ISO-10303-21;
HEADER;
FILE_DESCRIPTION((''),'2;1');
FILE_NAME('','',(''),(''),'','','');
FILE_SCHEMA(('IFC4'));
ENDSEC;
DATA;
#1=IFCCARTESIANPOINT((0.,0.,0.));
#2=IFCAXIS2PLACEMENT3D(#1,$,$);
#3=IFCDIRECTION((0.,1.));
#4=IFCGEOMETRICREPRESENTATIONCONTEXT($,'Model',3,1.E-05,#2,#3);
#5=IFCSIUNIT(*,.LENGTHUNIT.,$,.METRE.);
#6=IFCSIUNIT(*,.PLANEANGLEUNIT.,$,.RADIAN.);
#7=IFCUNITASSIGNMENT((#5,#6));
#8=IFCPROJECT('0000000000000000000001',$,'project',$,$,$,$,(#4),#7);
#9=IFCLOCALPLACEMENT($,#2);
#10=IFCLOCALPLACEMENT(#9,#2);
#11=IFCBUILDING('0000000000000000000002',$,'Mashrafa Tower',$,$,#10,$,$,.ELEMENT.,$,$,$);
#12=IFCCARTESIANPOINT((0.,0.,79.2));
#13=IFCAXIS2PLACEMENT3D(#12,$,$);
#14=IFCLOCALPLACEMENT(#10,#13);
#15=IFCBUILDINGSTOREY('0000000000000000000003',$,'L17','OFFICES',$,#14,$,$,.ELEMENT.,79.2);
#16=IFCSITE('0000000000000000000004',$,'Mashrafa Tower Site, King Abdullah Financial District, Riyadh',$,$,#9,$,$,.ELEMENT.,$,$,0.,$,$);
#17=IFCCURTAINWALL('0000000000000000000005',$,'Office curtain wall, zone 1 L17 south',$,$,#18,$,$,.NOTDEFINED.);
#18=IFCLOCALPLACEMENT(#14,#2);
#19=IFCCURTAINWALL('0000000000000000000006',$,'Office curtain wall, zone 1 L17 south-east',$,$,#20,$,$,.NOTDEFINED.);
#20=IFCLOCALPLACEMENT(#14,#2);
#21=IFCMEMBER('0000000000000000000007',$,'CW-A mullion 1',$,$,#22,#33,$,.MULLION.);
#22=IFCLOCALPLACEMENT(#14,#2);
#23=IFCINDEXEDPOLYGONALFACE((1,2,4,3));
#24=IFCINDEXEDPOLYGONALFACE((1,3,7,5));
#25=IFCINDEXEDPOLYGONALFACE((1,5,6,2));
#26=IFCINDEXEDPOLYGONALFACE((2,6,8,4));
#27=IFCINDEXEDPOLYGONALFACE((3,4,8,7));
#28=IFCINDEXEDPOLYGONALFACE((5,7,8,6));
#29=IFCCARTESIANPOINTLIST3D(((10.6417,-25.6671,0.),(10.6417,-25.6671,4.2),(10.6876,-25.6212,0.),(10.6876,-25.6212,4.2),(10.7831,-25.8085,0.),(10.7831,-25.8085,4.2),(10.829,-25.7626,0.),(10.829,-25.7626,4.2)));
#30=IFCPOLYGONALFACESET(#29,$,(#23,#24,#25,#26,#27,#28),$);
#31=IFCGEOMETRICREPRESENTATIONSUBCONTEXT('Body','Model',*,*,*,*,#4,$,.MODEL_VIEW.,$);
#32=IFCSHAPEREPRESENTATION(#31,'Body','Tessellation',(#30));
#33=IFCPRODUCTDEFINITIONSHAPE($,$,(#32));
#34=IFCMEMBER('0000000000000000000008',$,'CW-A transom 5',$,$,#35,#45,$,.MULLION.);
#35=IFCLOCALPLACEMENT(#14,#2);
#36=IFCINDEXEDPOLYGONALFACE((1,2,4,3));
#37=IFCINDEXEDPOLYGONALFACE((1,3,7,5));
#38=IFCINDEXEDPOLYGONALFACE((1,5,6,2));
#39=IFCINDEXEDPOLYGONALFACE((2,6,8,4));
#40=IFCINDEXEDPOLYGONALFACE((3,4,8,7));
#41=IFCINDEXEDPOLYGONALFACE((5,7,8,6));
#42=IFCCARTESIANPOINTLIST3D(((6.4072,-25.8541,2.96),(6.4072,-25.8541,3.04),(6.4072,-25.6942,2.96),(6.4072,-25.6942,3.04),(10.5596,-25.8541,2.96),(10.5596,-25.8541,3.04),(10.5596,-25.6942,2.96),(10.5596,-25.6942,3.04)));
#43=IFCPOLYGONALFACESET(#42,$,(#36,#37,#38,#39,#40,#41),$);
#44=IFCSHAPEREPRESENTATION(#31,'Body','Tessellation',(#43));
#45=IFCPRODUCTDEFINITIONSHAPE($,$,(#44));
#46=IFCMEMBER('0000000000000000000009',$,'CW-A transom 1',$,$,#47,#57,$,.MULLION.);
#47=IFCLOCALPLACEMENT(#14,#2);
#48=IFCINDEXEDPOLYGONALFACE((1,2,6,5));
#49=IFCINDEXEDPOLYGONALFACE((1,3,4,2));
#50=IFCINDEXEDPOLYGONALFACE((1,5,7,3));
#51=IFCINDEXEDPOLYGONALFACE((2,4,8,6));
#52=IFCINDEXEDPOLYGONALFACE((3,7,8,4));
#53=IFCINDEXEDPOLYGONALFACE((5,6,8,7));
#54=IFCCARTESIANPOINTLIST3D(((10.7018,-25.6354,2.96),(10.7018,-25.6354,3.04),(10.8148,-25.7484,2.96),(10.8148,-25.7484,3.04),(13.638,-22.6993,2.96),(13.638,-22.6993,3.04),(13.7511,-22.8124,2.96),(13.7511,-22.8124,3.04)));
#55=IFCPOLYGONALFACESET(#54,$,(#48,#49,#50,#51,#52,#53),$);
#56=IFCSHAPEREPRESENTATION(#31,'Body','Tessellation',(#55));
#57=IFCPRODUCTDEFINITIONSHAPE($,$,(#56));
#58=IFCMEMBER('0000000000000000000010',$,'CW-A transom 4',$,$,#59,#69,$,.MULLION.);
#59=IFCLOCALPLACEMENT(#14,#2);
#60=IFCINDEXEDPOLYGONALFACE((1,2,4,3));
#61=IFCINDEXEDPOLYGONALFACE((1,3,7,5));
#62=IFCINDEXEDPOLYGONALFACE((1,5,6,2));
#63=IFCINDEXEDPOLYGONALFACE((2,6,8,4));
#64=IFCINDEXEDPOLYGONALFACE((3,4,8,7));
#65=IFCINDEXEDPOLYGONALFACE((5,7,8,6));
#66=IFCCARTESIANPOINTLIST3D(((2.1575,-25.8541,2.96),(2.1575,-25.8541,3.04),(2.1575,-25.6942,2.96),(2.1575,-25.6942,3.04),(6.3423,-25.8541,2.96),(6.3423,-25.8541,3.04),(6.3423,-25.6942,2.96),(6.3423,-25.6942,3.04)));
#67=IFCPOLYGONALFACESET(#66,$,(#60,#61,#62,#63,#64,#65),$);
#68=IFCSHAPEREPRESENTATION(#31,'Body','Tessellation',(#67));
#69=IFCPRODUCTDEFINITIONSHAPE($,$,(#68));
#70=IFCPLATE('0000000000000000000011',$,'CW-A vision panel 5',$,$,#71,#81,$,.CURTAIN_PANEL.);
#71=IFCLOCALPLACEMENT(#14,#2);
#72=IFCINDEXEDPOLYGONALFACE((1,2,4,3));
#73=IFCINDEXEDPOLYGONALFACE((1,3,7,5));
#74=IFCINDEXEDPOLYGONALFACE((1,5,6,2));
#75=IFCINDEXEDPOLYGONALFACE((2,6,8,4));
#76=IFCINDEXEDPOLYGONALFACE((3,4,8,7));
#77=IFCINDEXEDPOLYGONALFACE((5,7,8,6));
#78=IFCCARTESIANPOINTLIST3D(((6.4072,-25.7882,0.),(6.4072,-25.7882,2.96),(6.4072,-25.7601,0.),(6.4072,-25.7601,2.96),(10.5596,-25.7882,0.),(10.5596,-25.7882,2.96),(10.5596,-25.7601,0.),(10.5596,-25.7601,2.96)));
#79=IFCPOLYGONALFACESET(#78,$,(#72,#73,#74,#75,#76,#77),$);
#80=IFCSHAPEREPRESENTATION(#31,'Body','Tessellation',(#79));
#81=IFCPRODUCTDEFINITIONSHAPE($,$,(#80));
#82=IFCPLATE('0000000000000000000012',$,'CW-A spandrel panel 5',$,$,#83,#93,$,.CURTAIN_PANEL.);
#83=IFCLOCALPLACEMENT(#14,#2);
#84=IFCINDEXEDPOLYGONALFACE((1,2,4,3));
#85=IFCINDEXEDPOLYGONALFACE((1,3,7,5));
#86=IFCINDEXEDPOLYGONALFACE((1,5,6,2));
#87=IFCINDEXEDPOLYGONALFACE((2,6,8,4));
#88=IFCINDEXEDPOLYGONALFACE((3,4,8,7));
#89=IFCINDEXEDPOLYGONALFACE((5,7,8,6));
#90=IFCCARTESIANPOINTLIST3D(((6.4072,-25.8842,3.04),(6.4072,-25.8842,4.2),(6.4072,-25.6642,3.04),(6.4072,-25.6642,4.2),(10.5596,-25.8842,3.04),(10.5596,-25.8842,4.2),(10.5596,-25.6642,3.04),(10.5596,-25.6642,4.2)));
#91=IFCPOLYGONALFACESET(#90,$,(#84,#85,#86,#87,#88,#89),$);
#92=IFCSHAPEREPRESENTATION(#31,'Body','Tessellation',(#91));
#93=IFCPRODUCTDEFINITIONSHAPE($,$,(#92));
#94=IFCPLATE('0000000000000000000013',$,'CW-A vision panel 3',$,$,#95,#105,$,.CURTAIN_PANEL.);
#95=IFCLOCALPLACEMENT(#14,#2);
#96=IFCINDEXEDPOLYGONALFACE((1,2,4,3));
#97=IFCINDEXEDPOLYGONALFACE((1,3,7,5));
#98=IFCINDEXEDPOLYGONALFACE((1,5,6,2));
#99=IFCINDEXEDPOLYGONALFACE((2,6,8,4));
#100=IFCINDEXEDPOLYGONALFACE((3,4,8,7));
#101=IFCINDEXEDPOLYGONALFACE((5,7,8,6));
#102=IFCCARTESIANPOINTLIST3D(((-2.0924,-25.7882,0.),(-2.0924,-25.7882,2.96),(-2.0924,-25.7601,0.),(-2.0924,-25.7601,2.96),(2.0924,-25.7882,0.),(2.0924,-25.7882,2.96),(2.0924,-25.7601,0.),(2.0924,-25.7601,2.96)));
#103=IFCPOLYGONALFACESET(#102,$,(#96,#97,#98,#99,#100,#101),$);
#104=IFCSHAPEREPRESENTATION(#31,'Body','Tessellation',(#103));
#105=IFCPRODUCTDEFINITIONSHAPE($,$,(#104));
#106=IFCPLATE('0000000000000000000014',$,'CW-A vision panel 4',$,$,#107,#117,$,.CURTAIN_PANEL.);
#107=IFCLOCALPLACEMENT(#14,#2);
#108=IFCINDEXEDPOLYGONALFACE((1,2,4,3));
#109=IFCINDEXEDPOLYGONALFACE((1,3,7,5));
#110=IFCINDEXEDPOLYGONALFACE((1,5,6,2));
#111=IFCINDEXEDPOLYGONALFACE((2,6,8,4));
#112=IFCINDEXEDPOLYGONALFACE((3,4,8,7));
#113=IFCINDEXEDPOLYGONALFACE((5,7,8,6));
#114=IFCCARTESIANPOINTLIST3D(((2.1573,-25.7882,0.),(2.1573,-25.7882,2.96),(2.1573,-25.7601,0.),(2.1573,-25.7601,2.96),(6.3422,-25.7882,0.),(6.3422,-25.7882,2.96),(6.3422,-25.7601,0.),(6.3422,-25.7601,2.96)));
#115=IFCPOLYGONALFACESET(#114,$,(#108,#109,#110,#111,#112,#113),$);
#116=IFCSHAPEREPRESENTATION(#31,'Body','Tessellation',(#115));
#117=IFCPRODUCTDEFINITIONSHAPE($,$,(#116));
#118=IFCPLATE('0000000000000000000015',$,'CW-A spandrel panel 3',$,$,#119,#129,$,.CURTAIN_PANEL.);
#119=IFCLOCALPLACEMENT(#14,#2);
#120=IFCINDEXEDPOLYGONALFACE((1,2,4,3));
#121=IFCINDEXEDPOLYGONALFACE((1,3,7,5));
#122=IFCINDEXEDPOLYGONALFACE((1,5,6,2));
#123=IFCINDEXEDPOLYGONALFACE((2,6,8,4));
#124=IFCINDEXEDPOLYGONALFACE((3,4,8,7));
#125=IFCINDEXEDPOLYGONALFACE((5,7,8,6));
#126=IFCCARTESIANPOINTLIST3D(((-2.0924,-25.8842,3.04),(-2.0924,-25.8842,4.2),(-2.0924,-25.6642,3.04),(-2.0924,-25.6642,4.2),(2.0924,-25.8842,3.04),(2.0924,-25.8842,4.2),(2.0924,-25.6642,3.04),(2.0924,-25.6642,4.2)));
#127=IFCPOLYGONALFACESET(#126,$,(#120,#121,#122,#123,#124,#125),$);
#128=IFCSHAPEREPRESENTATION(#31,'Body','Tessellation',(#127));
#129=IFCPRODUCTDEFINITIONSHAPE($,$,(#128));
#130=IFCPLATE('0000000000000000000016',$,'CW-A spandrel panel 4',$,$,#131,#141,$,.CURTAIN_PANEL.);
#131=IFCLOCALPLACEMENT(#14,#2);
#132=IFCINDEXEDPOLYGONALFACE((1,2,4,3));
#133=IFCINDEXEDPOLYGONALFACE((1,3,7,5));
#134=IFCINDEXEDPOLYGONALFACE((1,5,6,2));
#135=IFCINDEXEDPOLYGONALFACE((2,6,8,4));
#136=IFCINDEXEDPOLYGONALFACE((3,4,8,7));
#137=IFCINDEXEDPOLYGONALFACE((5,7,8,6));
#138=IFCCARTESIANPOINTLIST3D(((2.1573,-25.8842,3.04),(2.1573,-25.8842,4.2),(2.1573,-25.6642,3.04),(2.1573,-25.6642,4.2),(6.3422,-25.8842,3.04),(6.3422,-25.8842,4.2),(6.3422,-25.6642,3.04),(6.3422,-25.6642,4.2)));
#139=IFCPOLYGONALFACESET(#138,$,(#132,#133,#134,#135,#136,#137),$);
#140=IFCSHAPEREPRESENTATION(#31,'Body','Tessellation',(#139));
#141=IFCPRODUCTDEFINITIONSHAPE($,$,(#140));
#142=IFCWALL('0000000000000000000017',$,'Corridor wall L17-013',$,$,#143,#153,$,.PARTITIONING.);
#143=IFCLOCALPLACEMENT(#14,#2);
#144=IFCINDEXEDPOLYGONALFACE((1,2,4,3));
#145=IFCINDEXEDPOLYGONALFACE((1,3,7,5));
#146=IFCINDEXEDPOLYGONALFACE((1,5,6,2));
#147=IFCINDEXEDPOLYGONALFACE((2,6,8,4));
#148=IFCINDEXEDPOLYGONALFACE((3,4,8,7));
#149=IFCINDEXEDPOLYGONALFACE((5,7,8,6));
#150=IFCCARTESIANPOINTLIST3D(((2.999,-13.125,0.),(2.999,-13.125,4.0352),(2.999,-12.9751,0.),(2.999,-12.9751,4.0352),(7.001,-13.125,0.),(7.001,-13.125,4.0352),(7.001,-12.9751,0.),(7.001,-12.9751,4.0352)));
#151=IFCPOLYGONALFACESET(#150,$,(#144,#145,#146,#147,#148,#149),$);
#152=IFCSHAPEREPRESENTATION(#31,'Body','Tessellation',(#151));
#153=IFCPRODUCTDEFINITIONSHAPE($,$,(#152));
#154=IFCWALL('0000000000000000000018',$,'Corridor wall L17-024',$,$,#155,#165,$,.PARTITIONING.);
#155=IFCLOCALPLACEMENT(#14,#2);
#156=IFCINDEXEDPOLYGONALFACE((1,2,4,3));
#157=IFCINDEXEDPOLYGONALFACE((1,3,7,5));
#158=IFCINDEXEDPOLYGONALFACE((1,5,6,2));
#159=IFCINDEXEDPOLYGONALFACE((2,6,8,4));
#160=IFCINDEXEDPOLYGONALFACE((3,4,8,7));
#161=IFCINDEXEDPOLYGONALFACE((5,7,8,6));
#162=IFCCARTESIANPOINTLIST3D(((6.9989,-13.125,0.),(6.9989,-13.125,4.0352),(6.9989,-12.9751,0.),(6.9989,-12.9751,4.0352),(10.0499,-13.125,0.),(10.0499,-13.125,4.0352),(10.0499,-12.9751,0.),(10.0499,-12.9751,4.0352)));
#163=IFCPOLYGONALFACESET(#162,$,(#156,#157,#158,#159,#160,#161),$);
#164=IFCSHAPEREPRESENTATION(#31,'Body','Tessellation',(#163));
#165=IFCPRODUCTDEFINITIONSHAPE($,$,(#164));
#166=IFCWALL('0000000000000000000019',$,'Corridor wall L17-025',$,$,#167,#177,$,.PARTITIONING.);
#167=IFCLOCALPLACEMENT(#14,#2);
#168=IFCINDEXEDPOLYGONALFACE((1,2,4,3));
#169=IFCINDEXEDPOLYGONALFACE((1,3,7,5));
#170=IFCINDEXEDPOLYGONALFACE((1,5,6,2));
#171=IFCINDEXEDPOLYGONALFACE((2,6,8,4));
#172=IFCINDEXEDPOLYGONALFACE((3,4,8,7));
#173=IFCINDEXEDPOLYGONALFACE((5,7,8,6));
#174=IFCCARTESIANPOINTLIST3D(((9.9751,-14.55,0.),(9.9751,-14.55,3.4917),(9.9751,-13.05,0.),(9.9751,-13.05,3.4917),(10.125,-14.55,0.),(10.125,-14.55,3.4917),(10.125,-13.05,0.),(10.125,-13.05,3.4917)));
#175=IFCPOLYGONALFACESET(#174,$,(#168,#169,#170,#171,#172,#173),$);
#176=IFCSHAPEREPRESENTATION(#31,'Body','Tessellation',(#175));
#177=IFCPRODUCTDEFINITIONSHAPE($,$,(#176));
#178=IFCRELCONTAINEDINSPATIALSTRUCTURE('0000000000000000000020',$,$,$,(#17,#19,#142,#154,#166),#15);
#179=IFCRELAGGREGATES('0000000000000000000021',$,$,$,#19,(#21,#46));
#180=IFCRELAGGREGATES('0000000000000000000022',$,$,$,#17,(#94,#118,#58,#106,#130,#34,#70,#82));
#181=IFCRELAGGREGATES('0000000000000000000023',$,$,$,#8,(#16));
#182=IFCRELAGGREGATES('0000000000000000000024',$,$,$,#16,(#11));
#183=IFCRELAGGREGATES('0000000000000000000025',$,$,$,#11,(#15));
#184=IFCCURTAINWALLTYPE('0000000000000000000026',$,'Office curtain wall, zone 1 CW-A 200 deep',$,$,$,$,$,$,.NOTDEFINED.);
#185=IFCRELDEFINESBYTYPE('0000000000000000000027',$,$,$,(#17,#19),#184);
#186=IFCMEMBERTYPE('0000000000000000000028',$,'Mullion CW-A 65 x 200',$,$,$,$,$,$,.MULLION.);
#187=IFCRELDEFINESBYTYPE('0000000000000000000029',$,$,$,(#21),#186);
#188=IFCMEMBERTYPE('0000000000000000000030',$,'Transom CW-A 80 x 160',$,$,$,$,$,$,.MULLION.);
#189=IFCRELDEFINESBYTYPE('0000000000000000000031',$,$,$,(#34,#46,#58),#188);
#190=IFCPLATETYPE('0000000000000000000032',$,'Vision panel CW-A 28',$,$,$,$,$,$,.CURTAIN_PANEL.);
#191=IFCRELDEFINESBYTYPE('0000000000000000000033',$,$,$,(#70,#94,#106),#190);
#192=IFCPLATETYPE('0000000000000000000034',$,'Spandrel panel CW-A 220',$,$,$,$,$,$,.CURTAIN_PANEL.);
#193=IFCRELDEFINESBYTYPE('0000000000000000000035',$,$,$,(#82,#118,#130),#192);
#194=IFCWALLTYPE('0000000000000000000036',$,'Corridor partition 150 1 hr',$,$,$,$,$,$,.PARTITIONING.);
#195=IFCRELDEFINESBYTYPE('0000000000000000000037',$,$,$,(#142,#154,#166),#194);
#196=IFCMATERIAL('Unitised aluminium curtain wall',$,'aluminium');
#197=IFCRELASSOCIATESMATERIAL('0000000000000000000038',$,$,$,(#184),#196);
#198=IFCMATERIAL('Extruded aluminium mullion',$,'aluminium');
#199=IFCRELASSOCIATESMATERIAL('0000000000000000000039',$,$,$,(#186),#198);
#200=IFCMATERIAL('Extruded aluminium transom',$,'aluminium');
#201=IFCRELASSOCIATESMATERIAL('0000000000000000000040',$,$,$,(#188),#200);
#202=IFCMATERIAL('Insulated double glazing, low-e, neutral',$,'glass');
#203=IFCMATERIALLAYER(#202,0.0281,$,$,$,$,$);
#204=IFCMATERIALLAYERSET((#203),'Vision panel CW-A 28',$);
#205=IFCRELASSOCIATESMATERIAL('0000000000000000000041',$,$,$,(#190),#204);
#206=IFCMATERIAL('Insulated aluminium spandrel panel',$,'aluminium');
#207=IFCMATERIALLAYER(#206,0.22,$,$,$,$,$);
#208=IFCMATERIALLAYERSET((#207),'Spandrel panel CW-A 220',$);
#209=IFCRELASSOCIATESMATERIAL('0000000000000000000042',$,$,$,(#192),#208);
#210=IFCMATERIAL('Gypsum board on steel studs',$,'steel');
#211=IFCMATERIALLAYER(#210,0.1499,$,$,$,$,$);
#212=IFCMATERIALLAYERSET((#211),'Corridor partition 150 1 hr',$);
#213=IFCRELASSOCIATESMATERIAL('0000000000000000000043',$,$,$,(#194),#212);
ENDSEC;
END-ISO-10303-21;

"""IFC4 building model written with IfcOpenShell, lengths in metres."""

from ifc_helpers import new_model, si_unit, direction, frame, frame_2d, origin, origin_2d, place, context, subcontext, project, spatial, rectangle, extrude, source, transform, mapped, material, layer, layer_set, material_profile, profile_set, type_object, type_shapes, element, aggregate, save


model = new_model("IFC4")

# Units and contexts
model_context = context("Model", 3, precision=1e-05, world=origin(), true_north=direction((0.0, 1.0)))
body_context = subcontext(model_context, "Body", "Model", "MODEL_VIEW")
ifc_project = project(units=[si_unit("LENGTHUNIT", "METRE"), si_unit("PLANEANGLEUNIT", "RADIAN")], contexts=[model_context])

# Site, building, storey
site_placement = place(None, origin())
site = spatial("IfcSite", under=ifc_project, at=site_placement, Name="Mashrafa Tower Site, King Abdullah Financial District, Riyadh", CompositionType="ELEMENT", RefElevation=0.0)
building_placement = place(site_placement, origin())
building = spatial("IfcBuilding", under=site, at=building_placement, Name="Mashrafa Tower", CompositionType="ELEMENT")
storey_placement = place(building_placement, frame((0.0, 0.0, 79.2)))
storey = spatial("IfcBuildingStorey", under=building, at=storey_placement, Name="L17", Description="OFFICES", CompositionType="ELEMENT", Elevation=79.2)

# Curtain wall
ifc_material_1 = material(Name="Unitised aluminium curtain wall", Category="aluminium")
curtain_wall_type = type_object("IfcCurtainWallType", Name="Office curtain wall, zone 1 CW-A 200 deep", PredefinedType="NOTDEFINED", material=ifc_material_1)
curtain_wall_1_placement = place(storey_placement, origin())
curtain_wall_1 = element("IfcCurtainWall", 1, at=curtain_wall_1_placement, inside=storey, type_object=curtain_wall_type, Name="Office curtain wall, zone 1 L17 south", PredefinedType="NOTDEFINED")
ifc_material_2 = material(Name="Extruded aluminium mullion", Category="aluminium")
ifc_material_profile_1 = material_profile(ifc_material_2, rectangle(XDim=0.2, YDim=0.0649, at=origin_2d()), Name="Mullion 65x200")
ifc_profile_set_1 = profile_set([ifc_material_profile_1], Name="Extruded aluminium mullion")
member_type_1 = type_object("IfcMemberType", Name="Mullion CW-A 65 x 200", PredefinedType="MULLION", material=ifc_profile_set_1)
shared_shape_1 = source(origin(), body_context, "Body", "SweptSolid", [
    extrude(rectangle(XDim=0.2, YDim=0.0649, at=origin_2d()), origin(), (0.0, 0.0, 1.0), 4.2),
])
type_shapes(member_type_1, [shared_shape_1])

# Curtain wall, member
curtain_wall_2_placement = place(storey_placement, origin())
curtain_wall_2 = element("IfcCurtainWall", 2, at=curtain_wall_2_placement, inside=storey, type_object=curtain_wall_type, Name="Office curtain wall, zone 1 L17 south-east", PredefinedType="NOTDEFINED")
member_1_placement = place(storey_placement, frame((10.7354, -25.7148, 0.0), z_axis=(0.0, 0.0, 1.0), x_axis=(-0.707107, 0.707107, 0.0)))
member_1 = element("IfcMember", 3, at=member_1_placement, type_object=member_type_1, Name="CW-A mullion 1", PredefinedType="MULLION", context=body_context, shape_type="MappedRepresentation", body=[
    mapped(shared_shape_1, transform((0.0, 0.0, 0.0))),
])

# Members
ifc_material_3 = material(Name="Extruded aluminium transom", Category="aluminium")
ifc_material_profile_2 = material_profile(ifc_material_3, rectangle(XDim=0.1599, YDim=0.0801, at=origin_2d()), Name="Transom 80x160")
ifc_profile_set_2 = profile_set([ifc_material_profile_2], Name="Extruded aluminium transom")
member_type_2 = type_object("IfcMemberType", Name="Transom CW-A 80 x 160", PredefinedType="MULLION", material=ifc_profile_set_2)
shared_shape_2 = source(origin(), body_context, "Body", "SweptSolid", [
    extrude(rectangle(XDim=0.1599, YDim=0.0801, at=origin_2d()), origin(), (0.0, 0.0, 1.0), 4.1523),
])
member_2_placement = place(storey_placement, frame((6.4072, -25.7742, 3.0), z_axis=(1.0, 0.0, 0.0), x_axis=(0.0, 1.0, 0.0)))
member_2 = element("IfcMember", 4, at=member_2_placement, type_object=member_type_2, Name="CW-A transom 5", PredefinedType="MULLION", context=body_context, shape_type="MappedRepresentation", body=[
    mapped(shared_shape_2, transform((0.0, 0.0, 0.0))),
])
member_3_placement = place(storey_placement, frame((10.7583, -25.6919, 3.0), z_axis=(0.707136, 0.707077, 0.0), x_axis=(-0.707077, 0.707136, 0.0)))
member_3 = element("IfcMember", 5, at=member_3_placement, type_object=member_type_2, Name="CW-A transom 1", PredefinedType="MULLION", context=body_context, shape_type="MappedRepresentation", body=[
    mapped(shared_shape_2, transform((0.0, 0.0, 0.0))),
])
aggregate(curtain_wall_2, [member_1, member_3])
shared_shape_3 = source(origin(), body_context, "Body", "SweptSolid", [
    extrude(rectangle(XDim=0.1599, YDim=0.0801, at=origin_2d()), origin(), (0.0, 0.0, 1.0), 4.1848),
])
type_shapes(member_type_2, [shared_shape_2, shared_shape_3])
member_4_placement = place(storey_placement, frame((2.1575, -25.7742, 3.0), z_axis=(1.0, 0.0, 0.0), x_axis=(0.0, 1.0, 0.0)))
member_4 = element("IfcMember", 6, at=member_4_placement, type_object=member_type_2, Name="CW-A transom 4", PredefinedType="MULLION", context=body_context, shape_type="MappedRepresentation", body=[
    mapped(shared_shape_3, transform((0.0, 0.0, 0.0))),
])

# Plates
ifc_material_4 = material(Name="Insulated double glazing, low-e, neutral", Category="glass")
ifc_layer_1 = layer(ifc_material_4, 0.0281)
ifc_layer_set_1 = layer_set([ifc_layer_1], Name="Vision panel CW-A 28")
plate_type_1 = type_object("IfcPlateType", Name="Vision panel CW-A 28", PredefinedType="CURTAIN_PANEL", material=ifc_layer_set_1)
shared_shape_4 = source(origin(), body_context, "Body", "SweptSolid", [
    extrude(rectangle(XDim=4.1523, YDim=0.0281, at=origin_2d()), origin(), (0.0, 0.0, 1.0), 2.96),
])
plate_1_placement = place(storey_placement, frame((8.4834, -25.7742, 0.0), z_axis=(0.0, 0.0, 1.0), x_axis=(1.0, 0.0, 0.0)))
plate_1 = element("IfcPlate", 7, at=plate_1_placement, type_object=plate_type_1, Name="CW-A vision panel 5", PredefinedType="CURTAIN_PANEL", context=body_context, shape_type="MappedRepresentation", body=[
    mapped(shared_shape_4, transform((0.0, 0.0, 0.0))),
])
ifc_material_5 = material(Name="Insulated aluminium spandrel panel", Category="aluminium")
ifc_layer_2 = layer(ifc_material_5, 0.22)
ifc_layer_set_2 = layer_set([ifc_layer_2], Name="Spandrel panel CW-A 220")
plate_type_2 = type_object("IfcPlateType", Name="Spandrel panel CW-A 220", PredefinedType="CURTAIN_PANEL", material=ifc_layer_set_2)
shared_shape_5 = source(origin(), body_context, "Body", "SweptSolid", [
    extrude(rectangle(XDim=4.1523, YDim=0.22, at=origin_2d()), origin(), (0.0, 0.0, 1.0), 1.1599),
])
plate_2_placement = place(storey_placement, frame((8.4834, -25.7742, 3.04), z_axis=(0.0, 0.0, 1.0), x_axis=(1.0, 0.0, 0.0)))
plate_2 = element("IfcPlate", 8, at=plate_2_placement, type_object=plate_type_2, Name="CW-A spandrel panel 5", PredefinedType="CURTAIN_PANEL", context=body_context, shape_type="MappedRepresentation", body=[
    mapped(shared_shape_5, transform((0.0, 0.0, 0.0))),
])
shared_shape_6 = source(origin(), body_context, "Body", "SweptSolid", [
    extrude(rectangle(XDim=4.1848, YDim=0.0281, at=origin_2d()), origin(), (0.0, 0.0, 1.0), 2.96),
])
type_shapes(plate_type_1, [shared_shape_4, shared_shape_6])
plate_3_placement = place(storey_placement, frame((0.0, -25.7742, 0.0), z_axis=(0.0, 0.0, 1.0), x_axis=(1.0, 0.0, 0.0)))
plate_3 = element("IfcPlate", 9, at=plate_3_placement, type_object=plate_type_1, Name="CW-A vision panel 3", PredefinedType="CURTAIN_PANEL", context=body_context, shape_type="MappedRepresentation", body=[
    mapped(shared_shape_6, transform((0.0, 0.0, 0.0))),
])
plate_4_placement = place(storey_placement, frame((4.2498, -25.7742, 0.0), z_axis=(0.0, 0.0, 1.0), x_axis=(1.0, 0.0, 0.0)))
plate_4 = element("IfcPlate", 10, at=plate_4_placement, type_object=plate_type_1, Name="CW-A vision panel 4", PredefinedType="CURTAIN_PANEL", context=body_context, shape_type="MappedRepresentation", body=[
    mapped(shared_shape_6, transform((0.0, 0.0, 0.0))),
])
shared_shape_7 = source(origin(), body_context, "Body", "SweptSolid", [
    extrude(rectangle(XDim=4.1848, YDim=0.22, at=origin_2d()), origin(), (0.0, 0.0, 1.0), 1.1599),
])
type_shapes(plate_type_2, [shared_shape_5, shared_shape_7])
plate_5_placement = place(storey_placement, frame((0.0, -25.7742, 3.04), z_axis=(0.0, 0.0, 1.0), x_axis=(1.0, 0.0, 0.0)))
plate_5 = element("IfcPlate", 11, at=plate_5_placement, type_object=plate_type_2, Name="CW-A spandrel panel 3", PredefinedType="CURTAIN_PANEL", context=body_context, shape_type="MappedRepresentation", body=[
    mapped(shared_shape_7, transform((0.0, 0.0, 0.0))),
])
plate_6_placement = place(storey_placement, frame((4.2498, -25.7742, 3.04), z_axis=(0.0, 0.0, 1.0), x_axis=(1.0, 0.0, 0.0)))
plate_6 = element("IfcPlate", 12, at=plate_6_placement, type_object=plate_type_2, Name="CW-A spandrel panel 4", PredefinedType="CURTAIN_PANEL", context=body_context, shape_type="MappedRepresentation", body=[
    mapped(shared_shape_7, transform((0.0, 0.0, 0.0))),
])
aggregate(curtain_wall_1, [plate_3, plate_5, member_4, plate_4, plate_6, member_2, plate_1, plate_2])

# Walls
ifc_material_6 = material(Name="Gypsum board on steel studs", Category="steel")
ifc_layer_3 = layer(ifc_material_6, 0.1499)
ifc_layer_set_3 = layer_set([ifc_layer_3], Name="Corridor partition 150 1 hr")
wall_type_1 = type_object("IfcWallType", Name="Corridor partition 150 1 hr", PredefinedType="PARTITIONING", material=ifc_layer_set_3)
wall_1_placement = place(storey_placement, frame((2.999, -13.05, 0.0), z_axis=(0.0, 0.0, 1.0), x_axis=(1.0, 0.0, 0.0)))
element("IfcWall", 13, at=wall_1_placement, inside=storey, type_object=wall_type_1, Name="Corridor wall L17-013", PredefinedType="PARTITIONING", context=body_context, shape_type="SweptSolid", body=[
    extrude(rectangle(XDim=4.002, YDim=0.1499, at=frame_2d((2.001, 0.0))), origin(), (0.0, 0.0, 1.0), 4.0352),
])
wall_2_placement = place(storey_placement, frame((6.999, -13.05, 0.0), z_axis=(0.0, 0.0, 1.0), x_axis=(1.0, 0.0, 0.0)))
element("IfcWall", 14, at=wall_2_placement, inside=storey, type_object=wall_type_1, Name="Corridor wall L17-024", PredefinedType="PARTITIONING", context=body_context, shape_type="SweptSolid", body=[
    extrude(rectangle(XDim=3.051, YDim=0.1499, at=frame_2d((1.5254, 0.0))), origin(), (0.0, 0.0, 1.0), 4.0352),
])
wall_3_placement = place(storey_placement, frame((10.05, -13.05, 0.0), z_axis=(0.0, 0.0, 1.0), x_axis=(0.0, -1.0, 0.0)))
element("IfcWall", 15, at=wall_3_placement, inside=storey, type_object=wall_type_1, Name="Corridor wall L17-025", PredefinedType="PARTITIONING", context=body_context, shape_type="SweptSolid", body=[
    extrude(rectangle(XDim=1.5, YDim=0.1499, at=frame_2d((0.75, 0.0))), origin(), (0.0, 0.0, 1.0), 3.4917),
])

save(model, "model.ifc")
